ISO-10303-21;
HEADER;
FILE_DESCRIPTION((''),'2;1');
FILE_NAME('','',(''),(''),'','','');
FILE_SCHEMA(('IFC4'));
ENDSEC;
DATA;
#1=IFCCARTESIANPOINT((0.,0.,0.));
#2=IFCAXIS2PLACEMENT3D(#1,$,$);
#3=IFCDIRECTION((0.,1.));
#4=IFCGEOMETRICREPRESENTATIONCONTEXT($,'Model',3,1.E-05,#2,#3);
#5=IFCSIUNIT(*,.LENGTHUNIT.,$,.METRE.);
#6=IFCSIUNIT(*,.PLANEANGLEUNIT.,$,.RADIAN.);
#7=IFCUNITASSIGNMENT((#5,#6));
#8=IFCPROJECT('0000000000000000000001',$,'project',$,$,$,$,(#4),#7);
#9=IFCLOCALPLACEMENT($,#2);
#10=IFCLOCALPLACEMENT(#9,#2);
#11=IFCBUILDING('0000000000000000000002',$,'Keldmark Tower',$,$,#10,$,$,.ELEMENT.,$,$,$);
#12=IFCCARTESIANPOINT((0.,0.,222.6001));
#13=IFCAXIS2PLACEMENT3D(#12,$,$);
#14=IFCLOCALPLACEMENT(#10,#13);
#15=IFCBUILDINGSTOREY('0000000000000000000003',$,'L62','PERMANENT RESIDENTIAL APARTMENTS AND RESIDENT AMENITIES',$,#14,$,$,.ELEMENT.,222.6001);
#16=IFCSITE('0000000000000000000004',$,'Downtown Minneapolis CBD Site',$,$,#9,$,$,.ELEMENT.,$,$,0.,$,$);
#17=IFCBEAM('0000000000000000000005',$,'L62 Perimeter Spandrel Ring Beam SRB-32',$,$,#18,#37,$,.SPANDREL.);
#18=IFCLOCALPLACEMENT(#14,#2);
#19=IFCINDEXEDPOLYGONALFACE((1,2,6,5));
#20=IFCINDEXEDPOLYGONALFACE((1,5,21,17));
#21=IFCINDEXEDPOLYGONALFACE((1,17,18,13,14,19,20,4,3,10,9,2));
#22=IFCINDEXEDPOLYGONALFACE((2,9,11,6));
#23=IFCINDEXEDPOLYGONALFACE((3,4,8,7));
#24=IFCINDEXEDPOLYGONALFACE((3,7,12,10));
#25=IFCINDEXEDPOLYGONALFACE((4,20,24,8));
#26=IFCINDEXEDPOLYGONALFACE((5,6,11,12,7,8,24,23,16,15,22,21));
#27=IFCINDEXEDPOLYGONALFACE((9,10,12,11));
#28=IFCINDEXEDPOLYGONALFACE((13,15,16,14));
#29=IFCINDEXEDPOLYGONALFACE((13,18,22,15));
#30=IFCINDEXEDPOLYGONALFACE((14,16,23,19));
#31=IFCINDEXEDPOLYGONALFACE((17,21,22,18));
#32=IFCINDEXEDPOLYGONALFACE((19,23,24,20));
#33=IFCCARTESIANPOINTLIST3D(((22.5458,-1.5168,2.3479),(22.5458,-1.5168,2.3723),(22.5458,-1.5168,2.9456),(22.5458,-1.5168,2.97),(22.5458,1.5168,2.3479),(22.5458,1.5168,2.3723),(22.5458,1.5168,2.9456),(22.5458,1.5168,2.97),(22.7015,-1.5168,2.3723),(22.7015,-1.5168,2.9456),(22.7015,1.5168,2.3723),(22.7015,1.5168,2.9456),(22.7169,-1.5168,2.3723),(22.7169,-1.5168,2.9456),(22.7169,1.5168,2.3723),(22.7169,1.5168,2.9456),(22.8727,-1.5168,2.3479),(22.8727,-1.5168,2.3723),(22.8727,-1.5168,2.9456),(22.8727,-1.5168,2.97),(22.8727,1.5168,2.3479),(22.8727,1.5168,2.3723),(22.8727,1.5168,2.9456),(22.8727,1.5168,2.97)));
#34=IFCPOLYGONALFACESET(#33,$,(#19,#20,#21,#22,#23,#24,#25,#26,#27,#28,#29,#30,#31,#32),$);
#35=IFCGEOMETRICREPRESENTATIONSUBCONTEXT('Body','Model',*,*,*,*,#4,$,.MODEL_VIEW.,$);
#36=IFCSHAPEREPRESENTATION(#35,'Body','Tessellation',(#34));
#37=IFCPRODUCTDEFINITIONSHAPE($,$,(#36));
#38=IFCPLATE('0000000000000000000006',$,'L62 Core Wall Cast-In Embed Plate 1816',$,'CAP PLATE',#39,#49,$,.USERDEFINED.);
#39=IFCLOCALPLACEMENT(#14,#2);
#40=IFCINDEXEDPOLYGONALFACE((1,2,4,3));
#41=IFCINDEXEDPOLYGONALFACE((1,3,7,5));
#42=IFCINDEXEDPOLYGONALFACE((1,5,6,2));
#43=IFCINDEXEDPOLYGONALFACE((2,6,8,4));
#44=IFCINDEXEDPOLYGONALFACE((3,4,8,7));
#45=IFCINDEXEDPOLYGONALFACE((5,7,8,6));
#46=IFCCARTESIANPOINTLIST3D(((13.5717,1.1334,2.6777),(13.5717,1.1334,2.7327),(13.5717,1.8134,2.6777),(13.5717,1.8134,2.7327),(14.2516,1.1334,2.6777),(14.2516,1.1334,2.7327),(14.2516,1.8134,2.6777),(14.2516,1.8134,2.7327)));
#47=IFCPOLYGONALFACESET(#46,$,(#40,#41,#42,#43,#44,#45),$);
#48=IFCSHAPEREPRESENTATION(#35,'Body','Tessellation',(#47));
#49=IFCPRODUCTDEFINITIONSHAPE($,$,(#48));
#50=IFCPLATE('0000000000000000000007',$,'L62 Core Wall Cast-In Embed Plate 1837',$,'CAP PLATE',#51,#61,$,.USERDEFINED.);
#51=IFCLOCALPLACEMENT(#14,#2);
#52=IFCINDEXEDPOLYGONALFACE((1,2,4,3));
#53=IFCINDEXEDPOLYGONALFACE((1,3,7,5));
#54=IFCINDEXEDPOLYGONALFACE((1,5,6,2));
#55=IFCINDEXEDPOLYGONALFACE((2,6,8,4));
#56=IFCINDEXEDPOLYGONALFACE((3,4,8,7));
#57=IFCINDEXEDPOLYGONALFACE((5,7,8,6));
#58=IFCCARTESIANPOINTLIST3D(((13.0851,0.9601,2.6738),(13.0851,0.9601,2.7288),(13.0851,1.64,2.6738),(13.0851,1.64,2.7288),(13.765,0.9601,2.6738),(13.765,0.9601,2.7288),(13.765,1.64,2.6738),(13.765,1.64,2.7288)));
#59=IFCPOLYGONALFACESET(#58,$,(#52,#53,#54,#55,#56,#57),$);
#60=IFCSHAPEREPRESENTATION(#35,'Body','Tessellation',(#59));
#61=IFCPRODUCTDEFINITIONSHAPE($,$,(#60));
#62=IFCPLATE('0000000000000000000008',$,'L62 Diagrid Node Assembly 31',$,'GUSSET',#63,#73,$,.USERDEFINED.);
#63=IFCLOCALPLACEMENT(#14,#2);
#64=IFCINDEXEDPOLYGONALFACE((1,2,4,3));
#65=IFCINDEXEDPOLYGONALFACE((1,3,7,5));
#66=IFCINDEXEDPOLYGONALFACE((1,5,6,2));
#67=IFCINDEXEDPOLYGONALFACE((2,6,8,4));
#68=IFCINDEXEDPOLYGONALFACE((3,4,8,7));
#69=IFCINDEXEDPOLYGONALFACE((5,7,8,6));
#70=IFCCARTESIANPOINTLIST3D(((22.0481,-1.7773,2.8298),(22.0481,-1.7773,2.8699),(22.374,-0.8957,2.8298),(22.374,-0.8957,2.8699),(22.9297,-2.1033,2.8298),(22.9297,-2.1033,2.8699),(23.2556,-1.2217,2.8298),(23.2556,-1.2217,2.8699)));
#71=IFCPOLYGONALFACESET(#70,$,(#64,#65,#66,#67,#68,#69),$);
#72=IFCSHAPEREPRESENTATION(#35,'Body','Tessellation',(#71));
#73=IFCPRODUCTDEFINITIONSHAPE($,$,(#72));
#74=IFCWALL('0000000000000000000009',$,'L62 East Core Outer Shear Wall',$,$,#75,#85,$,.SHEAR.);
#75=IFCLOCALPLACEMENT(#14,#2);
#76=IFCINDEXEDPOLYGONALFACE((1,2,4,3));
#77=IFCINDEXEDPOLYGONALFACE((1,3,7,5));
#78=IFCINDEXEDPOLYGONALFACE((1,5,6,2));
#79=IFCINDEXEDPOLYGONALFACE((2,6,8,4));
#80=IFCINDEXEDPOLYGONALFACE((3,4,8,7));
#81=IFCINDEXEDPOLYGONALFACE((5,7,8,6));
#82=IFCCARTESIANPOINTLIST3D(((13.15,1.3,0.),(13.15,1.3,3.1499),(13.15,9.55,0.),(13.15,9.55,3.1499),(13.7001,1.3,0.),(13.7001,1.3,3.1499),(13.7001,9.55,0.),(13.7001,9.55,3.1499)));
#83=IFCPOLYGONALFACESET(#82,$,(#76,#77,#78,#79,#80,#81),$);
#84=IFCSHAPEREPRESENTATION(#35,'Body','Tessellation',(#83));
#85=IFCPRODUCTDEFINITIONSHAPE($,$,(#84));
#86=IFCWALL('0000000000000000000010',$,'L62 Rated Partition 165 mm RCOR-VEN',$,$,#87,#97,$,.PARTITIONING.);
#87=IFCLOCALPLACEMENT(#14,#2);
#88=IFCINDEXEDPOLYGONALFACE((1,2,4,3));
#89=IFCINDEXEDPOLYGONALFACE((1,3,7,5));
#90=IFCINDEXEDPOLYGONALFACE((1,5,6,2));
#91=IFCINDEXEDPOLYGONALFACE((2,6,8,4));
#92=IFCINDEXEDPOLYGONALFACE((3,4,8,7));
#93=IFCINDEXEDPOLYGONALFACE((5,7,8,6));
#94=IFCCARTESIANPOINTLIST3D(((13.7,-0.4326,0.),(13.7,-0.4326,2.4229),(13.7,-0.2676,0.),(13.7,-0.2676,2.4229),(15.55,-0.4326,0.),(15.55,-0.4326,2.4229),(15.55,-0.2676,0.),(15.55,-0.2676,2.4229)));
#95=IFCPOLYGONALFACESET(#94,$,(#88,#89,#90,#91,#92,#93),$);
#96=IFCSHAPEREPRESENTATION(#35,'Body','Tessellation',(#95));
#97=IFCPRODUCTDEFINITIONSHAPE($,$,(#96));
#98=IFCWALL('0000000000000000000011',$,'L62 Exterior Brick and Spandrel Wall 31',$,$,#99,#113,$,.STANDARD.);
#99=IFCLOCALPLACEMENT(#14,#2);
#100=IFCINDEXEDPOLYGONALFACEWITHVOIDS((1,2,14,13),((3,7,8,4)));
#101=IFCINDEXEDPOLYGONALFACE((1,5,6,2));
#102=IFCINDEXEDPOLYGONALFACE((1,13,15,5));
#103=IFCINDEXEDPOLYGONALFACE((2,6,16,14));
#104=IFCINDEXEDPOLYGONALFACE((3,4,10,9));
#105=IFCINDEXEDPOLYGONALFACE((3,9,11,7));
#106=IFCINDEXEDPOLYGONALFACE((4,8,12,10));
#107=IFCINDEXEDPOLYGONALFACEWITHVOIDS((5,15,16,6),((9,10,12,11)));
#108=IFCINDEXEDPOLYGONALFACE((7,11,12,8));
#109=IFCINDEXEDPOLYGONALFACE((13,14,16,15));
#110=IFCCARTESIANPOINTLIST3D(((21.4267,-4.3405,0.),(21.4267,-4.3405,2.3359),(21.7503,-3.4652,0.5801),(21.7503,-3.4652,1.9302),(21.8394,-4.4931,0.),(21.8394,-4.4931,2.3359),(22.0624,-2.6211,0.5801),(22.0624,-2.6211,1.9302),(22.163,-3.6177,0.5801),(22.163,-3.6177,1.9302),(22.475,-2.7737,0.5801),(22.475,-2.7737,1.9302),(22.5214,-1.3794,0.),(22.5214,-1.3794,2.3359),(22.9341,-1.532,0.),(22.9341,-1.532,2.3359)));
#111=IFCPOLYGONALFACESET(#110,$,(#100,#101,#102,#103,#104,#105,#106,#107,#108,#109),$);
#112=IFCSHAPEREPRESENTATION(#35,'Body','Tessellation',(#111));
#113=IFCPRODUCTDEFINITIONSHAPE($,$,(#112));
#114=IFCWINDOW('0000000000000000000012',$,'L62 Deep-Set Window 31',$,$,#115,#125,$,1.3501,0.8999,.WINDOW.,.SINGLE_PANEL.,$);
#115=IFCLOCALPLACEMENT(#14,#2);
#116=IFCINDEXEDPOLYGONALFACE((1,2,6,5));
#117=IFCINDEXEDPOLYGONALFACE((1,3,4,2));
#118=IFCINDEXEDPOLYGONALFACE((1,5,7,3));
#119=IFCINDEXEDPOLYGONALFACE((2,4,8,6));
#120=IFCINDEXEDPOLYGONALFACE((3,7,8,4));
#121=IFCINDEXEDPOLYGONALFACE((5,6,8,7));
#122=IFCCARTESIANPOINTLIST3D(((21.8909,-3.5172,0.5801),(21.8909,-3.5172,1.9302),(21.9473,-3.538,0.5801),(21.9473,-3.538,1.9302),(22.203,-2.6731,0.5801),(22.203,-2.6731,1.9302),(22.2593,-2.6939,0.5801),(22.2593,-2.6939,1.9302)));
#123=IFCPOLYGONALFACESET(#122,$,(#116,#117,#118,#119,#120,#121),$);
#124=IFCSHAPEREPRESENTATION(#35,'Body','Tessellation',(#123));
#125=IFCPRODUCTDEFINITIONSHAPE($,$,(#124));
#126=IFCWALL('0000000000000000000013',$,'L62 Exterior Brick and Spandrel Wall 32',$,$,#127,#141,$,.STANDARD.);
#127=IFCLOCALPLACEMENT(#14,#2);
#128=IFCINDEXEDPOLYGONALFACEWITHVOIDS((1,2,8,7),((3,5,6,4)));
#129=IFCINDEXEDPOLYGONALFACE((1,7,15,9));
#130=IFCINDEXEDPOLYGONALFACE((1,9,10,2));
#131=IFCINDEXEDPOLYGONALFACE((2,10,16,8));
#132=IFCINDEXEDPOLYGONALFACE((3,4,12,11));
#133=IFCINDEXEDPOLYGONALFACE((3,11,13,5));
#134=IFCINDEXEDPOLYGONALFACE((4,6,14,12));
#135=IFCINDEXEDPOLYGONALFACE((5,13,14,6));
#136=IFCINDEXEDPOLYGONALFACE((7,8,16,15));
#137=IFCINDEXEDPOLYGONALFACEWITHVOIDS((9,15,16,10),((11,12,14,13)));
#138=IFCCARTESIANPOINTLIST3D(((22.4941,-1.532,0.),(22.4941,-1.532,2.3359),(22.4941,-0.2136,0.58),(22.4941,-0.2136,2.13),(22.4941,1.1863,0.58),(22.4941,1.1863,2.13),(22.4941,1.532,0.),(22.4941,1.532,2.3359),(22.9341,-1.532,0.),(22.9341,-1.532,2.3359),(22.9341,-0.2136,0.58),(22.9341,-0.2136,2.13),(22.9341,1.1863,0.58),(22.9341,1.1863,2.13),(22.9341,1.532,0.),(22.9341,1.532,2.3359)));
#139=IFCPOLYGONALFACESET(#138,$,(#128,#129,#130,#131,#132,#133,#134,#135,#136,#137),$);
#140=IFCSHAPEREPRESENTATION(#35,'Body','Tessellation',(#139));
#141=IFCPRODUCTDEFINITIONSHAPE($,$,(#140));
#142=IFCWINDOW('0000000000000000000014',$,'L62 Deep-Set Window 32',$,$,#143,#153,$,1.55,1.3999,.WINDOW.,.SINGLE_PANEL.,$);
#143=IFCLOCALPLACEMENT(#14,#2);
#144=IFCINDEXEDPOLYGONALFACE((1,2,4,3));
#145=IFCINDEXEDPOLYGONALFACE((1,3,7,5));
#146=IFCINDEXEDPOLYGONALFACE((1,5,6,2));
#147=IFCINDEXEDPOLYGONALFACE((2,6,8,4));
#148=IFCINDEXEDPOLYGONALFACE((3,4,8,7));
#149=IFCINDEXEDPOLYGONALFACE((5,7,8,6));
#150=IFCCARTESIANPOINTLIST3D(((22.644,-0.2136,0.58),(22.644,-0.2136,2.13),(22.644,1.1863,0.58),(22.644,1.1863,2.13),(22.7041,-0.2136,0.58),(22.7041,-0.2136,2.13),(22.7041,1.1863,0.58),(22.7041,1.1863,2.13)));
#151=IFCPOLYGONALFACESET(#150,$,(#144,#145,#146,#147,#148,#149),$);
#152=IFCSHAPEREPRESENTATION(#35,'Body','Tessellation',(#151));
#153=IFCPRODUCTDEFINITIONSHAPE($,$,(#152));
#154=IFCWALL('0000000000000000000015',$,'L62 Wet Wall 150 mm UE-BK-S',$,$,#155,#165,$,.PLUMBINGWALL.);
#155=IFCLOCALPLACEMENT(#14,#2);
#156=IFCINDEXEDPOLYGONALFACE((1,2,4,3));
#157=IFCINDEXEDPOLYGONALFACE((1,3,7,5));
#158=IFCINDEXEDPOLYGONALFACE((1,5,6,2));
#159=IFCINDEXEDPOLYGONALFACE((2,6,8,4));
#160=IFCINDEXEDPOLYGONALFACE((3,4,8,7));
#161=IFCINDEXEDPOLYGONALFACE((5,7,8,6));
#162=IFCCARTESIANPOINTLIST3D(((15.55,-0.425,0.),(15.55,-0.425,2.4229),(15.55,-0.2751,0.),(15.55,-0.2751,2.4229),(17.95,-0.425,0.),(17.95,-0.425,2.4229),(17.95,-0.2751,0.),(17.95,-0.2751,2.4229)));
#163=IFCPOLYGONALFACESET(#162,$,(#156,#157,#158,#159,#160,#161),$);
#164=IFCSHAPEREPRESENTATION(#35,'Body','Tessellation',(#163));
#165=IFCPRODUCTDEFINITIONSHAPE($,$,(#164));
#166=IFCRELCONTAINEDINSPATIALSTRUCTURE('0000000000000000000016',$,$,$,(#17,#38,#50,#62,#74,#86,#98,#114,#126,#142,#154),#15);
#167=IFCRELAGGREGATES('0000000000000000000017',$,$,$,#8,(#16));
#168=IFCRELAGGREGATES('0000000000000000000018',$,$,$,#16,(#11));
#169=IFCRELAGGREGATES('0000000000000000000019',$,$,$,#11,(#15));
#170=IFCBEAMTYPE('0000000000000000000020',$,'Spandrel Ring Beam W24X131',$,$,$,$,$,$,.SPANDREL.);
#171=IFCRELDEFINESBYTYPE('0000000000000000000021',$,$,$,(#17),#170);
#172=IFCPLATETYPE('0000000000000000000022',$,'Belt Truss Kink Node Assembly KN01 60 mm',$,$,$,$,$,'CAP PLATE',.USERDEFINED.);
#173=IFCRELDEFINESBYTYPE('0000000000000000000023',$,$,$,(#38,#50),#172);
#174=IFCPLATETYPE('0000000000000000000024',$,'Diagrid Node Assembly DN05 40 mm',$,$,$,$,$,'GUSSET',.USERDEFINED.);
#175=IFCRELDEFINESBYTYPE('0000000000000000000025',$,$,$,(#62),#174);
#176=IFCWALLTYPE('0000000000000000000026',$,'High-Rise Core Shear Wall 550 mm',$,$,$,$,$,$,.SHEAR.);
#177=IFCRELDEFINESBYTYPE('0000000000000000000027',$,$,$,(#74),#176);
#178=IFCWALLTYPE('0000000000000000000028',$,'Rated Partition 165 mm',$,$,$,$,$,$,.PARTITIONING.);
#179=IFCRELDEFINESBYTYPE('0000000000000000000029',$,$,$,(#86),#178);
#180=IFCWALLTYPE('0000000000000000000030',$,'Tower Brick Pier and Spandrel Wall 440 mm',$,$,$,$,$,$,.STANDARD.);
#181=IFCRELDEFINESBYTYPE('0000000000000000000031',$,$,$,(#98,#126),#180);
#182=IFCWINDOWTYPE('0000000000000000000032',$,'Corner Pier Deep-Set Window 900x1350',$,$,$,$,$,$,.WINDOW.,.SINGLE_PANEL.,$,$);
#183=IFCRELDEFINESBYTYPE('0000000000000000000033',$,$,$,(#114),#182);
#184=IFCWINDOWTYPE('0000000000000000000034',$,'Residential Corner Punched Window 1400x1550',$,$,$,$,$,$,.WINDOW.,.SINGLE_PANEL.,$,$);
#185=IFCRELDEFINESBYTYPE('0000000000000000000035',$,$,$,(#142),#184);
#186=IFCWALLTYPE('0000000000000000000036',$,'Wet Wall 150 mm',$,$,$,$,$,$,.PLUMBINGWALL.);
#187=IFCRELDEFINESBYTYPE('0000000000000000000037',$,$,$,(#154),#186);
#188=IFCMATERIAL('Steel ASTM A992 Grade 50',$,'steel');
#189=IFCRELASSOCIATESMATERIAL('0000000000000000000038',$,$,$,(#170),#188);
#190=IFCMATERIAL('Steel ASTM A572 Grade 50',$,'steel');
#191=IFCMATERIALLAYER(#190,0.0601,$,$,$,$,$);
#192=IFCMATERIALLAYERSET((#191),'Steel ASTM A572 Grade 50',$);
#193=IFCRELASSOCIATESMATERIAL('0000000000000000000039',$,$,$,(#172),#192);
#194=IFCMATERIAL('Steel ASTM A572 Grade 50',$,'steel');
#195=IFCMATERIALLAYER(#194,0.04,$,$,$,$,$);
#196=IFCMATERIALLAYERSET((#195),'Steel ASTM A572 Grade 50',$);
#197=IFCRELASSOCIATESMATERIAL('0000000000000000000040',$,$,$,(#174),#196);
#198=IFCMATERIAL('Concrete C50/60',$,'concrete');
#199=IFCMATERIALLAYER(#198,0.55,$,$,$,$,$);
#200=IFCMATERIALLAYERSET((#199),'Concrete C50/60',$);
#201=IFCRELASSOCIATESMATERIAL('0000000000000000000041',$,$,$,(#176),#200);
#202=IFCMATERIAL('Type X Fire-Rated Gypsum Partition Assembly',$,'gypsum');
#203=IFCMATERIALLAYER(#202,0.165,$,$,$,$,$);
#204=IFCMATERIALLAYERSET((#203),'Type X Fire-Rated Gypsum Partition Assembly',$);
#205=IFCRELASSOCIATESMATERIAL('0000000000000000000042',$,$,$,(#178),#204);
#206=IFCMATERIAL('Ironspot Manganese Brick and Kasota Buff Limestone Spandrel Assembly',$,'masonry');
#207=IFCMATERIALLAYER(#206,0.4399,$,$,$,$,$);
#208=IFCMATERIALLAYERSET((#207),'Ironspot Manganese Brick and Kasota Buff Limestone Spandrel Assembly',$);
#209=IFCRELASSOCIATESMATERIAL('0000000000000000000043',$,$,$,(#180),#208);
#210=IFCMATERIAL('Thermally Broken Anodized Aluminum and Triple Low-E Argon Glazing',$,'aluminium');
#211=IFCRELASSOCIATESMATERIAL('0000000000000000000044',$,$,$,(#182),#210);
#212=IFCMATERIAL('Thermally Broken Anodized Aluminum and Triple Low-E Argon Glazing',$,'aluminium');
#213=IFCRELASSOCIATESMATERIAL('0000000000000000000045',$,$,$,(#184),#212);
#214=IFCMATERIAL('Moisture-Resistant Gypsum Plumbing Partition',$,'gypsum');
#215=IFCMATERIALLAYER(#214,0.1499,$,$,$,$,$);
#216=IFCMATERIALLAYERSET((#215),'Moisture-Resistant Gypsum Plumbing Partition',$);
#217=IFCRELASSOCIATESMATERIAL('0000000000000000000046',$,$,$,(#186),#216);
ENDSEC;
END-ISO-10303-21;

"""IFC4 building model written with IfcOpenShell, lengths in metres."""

from ifc_helpers import new_model, si_unit, direction, frame, frame_2d, origin, origin_2d, place, context, subcontext, project, spatial, rectangle, i_section, extrude, material, layer, layer_set, material_profile, profile_set, type_object, element, fill, save


model = new_model("IFC4")

# Units and contexts
model_context = context("Model", 3, precision=1e-05, world=origin(), true_north=direction((0.0, 1.0)))
body_context = subcontext(model_context, "Body", "Model", "MODEL_VIEW")
ifc_project = project(units=[si_unit("LENGTHUNIT", "METRE"), si_unit("PLANEANGLEUNIT", "RADIAN")], contexts=[model_context])

# Site, building, storey
site_placement = place(None, origin())
site = spatial("IfcSite", under=ifc_project, at=site_placement, Name="Downtown Minneapolis CBD Site", CompositionType="ELEMENT", RefElevation=0.0)
building_placement = place(site_placement, origin())
building = spatial("IfcBuilding", under=site, at=building_placement, Name="Keldmark Tower", CompositionType="ELEMENT")
storey_placement = place(building_placement, frame((0.0, 0.0, 222.6001)))
storey = spatial("IfcBuildingStorey", under=building, at=storey_placement, Name="L62", Description="PERMANENT RESIDENTIAL APARTMENTS AND RESIDENT AMENITIES", CompositionType="ELEMENT", Elevation=222.6001)

# Beam
ifc_material_1 = material(Name="Steel ASTM A992 Grade 50", Category="steel")
ifc_material_profile_1 = material_profile(ifc_material_1, i_section(OverallWidth=0.3269, OverallDepth=0.6221, WebThickness=0.0154, FlangeThickness=0.0244, at=origin_2d()), Name="W24X131")
ifc_profile_set_1 = profile_set([ifc_material_profile_1], Name="Steel ASTM A992 Grade 50")
beam_type_1 = type_object("IfcBeamType", Name="Spandrel Ring Beam W24X131", PredefinedType="SPANDREL", material=ifc_profile_set_1)
beam_1_placement = place(storey_placement, frame((22.7092, -1.5168, 2.6589), z_axis=(0.0, 1.0, 0.0), x_axis=(-1.0, 0.0, 0.0)))
element("IfcBeam", 1, at=beam_1_placement, inside=storey, type_object=beam_type_1, Name="L62 Perimeter Spandrel Ring Beam SRB-32", PredefinedType="SPANDREL", context=body_context, shape_type="SweptSolid", body=[
    extrude(i_section(OverallWidth=0.3269, OverallDepth=0.6221, WebThickness=0.0154, FlangeThickness=0.0244, at=origin_2d()), origin(), (0.0, 0.0, 1.0), 3.0337),
])

# Plates
ifc_material_2 = material(Name="Steel ASTM A572 Grade 50", Category="steel")
ifc_layer_1 = layer(ifc_material_2, 0.0601)
ifc_layer_set_1 = layer_set([ifc_layer_1], Name="Steel ASTM A572 Grade 50")
plate_type_1 = type_object("IfcPlateType", Name="Belt Truss Kink Node Assembly KN01 60 mm", ElementType="CAP PLATE", PredefinedType="USERDEFINED", material=ifc_layer_set_1)
for number, where, z_axis, x_axis, name in (
    (2, (13.9116, 1.4734, 2.6777), (0.0, 0.0, 1.0), (1.0, 0.0, 0.0), "L62 Core Wall Cast-In Embed Plate 1816"),
    (3, (13.425, 1.3, 2.6738), (0.0, 0.0, 1.0), (1.0, 0.0, 0.0), "L62 Core Wall Cast-In Embed Plate 1837"),
):
    element("IfcPlate", number, at=place(storey_placement, frame(where, z_axis=z_axis, x_axis=x_axis)), inside=storey, type_object=plate_type_1, Name=name, ObjectType="CAP PLATE", PredefinedType="USERDEFINED", context=body_context, shape_type="SweptSolid", body=[
        extrude(rectangle(XDim=0.6799, YDim=0.6799, at=origin_2d()), origin(), (0.0, 0.0, 1.0), 0.0549),
    ])
ifc_material_3 = material(Name="Steel ASTM A572 Grade 50", Category="steel")
ifc_layer_2 = layer(ifc_material_3, 0.04)
ifc_layer_set_2 = layer_set([ifc_layer_2], Name="Steel ASTM A572 Grade 50")
plate_type_2 = type_object("IfcPlateType", Name="Diagrid Node Assembly DN05 40 mm", ElementType="GUSSET", PredefinedType="USERDEFINED", material=ifc_layer_set_2)
plate_placement = place(storey_placement, frame((22.6519, -1.4995, 2.8298), z_axis=(0.0, 0.0, 1.0), x_axis=(0.346772, 0.937949, 0.0)))
element("IfcPlate", 4, at=plate_placement, inside=storey, type_object=plate_type_2, Name="L62 Diagrid Node Assembly 31", ObjectType="GUSSET", PredefinedType="USERDEFINED", context=body_context, shape_type="SweptSolid", body=[
    extrude(rectangle(XDim=0.9399, YDim=0.9399, at=origin_2d()), origin(), (0.0, 0.0, 1.0), 0.04),
])

# Wall
ifc_material_4 = material(Name="Concrete C50/60", Category="concrete")
ifc_layer_3 = layer(ifc_material_4, 0.55)
ifc_layer_set_3 = layer_set([ifc_layer_3], Name="Concrete C50/60")
wall_type_1 = type_object("IfcWallType", Name="High-Rise Core Shear Wall 550 mm", PredefinedType="SHEAR", material=ifc_layer_set_3)
wall_1_placement = place(storey_placement, frame((13.425, 1.3, 0.0), z_axis=(0.0, 0.0, 1.0), x_axis=(0.0, 1.0, 0.0)))
element("IfcWall", 5, at=wall_1_placement, inside=storey, type_object=wall_type_1, Name="L62 East Core Outer Shear Wall", PredefinedType="SHEAR", context=body_context, shape_type="SweptSolid", body=[
    extrude(rectangle(XDim=8.25, YDim=0.55, at=frame_2d((4.125, 0.0))), origin(), (0.0, 0.0, 1.0), 3.1499),
])

# Shared definitions
ifc_material_5 = material(Name="Type X Fire-Rated Gypsum Partition Assembly", Category="gypsum")
ifc_layer_4 = layer(ifc_material_5, 0.165)
ifc_layer_set_4 = layer_set([ifc_layer_4], Name="Type X Fire-Rated Gypsum Partition Assembly")
wall_type_2 = type_object("IfcWallType", Name="Rated Partition 165 mm", PredefinedType="PARTITIONING", material=ifc_layer_set_4)

# Wall
wall_2_placement = place(storey_placement, frame((13.7, -0.3501, 0.0), z_axis=(0.0, 0.0, 1.0), x_axis=(1.0, 0.0, 0.0)))
element("IfcWall", 6, at=wall_2_placement, inside=storey, type_object=wall_type_2, Name="L62 Rated Partition 165 mm RCOR-VEN", PredefinedType="PARTITIONING", context=body_context, shape_type="SweptSolid", body=[
    extrude(rectangle(XDim=1.8501, YDim=0.165, at=frame_2d((0.925, 0.0))), origin(), (0.0, 0.0, 1.0), 2.4229),
])

# Walls, openings, windows
ifc_material_6 = material(Name="Ironspot Manganese Brick and Kasota Buff Limestone Spandrel Assembly", Category="masonry")
ifc_layer_5 = layer(ifc_material_6, 0.4399)
ifc_layer_set_5 = layer_set([ifc_layer_5], Name="Ironspot Manganese Brick and Kasota Buff Limestone Spandrel Assembly")
wall_type_3 = type_object("IfcWallType", Name="Tower Brick Pier and Spandrel Wall 440 mm", PredefinedType="STANDARD", material=ifc_layer_set_5)
wall_3_placement = place(storey_placement, frame((22.7278, -1.4556, 0.0), z_axis=(0.0, 0.0, 1.0), x_axis=(-0.346755, -0.937956, 0.0)))
wall_3 = element("IfcWall", 7, at=wall_3_placement, inside=storey, type_object=wall_type_3, Name="L62 Exterior Brick and Spandrel Wall 31", PredefinedType="STANDARD", context=body_context, shape_type="SweptSolid", body=[
    extrude(rectangle(XDim=3.157, YDim=0.4399, at=frame_2d((1.5786, 0.0))), origin(), (0.0, 0.0, 1.0), 2.3359),
])
opening_1_placement = place(wall_3_placement, frame((1.324, 0.0, 0.5801)))
opening_1 = element("IfcOpeningElement", 8, at=opening_1_placement, cuts=wall_3, PredefinedType="OPENING", context=body_context, shape_type="SweptSolid", body=[
    extrude(rectangle(XDim=0.8999, YDim=1.3501, at=frame_2d((0.45, 0.675))), frame((0.0, 0.23, 0.0), z_axis=(0.0, -1.0, 0.0), x_axis=(1.0, 0.0, 0.0)), (0.0, 0.0, 1.0), 0.46),
])
ifc_material_7 = material(Name="Thermally Broken Anodized Aluminum and Triple Low-E Argon Glazing", Category="aluminium")
window_type_1 = type_object("IfcWindowType", Name="Corner Pier Deep-Set Window 900x1350", PartitioningType="SINGLE_PANEL", PredefinedType="WINDOW", material=ifc_material_7)
window_1_placement = place(opening_1_placement, origin())
window_1 = element("IfcWindow", 9, at=window_1_placement, inside=storey, type_object=window_type_1, Name="L62 Deep-Set Window 31", OverallHeight=1.3501, OverallWidth=0.8999, PartitioningType="SINGLE_PANEL", PredefinedType="WINDOW", context=body_context, shape_type="SweptSolid", body=[
    extrude(rectangle(XDim=0.8999, YDim=1.3501, at=frame_2d((0.45, 0.675))), frame((0.0, -0.01, 0.0), z_axis=(0.0, -1.0, 0.0), x_axis=(1.0, 0.0, 0.0)), (0.0, 0.0, 1.0), 0.0601),
])
fill(opening_1, window_1)
wall_4_placement = place(storey_placement, frame((22.7141, 1.532, 0.0), z_axis=(0.0, 0.0, 1.0), x_axis=(0.0, -1.0, 0.0)))
wall_4 = element("IfcWall", 10, at=wall_4_placement, inside=storey, type_object=wall_type_3, Name="L62 Exterior Brick and Spandrel Wall 32", PredefinedType="STANDARD", context=body_context, shape_type="SweptSolid", body=[
    extrude(rectangle(XDim=3.064, YDim=0.4399, at=frame_2d((1.532, 0.0))), origin(), (0.0, 0.0, 1.0), 2.3359),
])
opening_2_placement = place(wall_4_placement, frame((0.3457, 0.0, 0.5801)))
opening_2 = element("IfcOpeningElement", 11, at=opening_2_placement, cuts=wall_4, PredefinedType="OPENING", context=body_context, shape_type="SweptSolid", body=[
    extrude(rectangle(XDim=1.3999, YDim=1.55, at=frame_2d((0.7, 0.7749))), frame((0.0, 0.23, 0.0), z_axis=(0.0, -1.0, 0.0), x_axis=(1.0, 0.0, 0.0)), (0.0, 0.0, 1.0), 0.46),
])
ifc_material_8 = material(Name="Thermally Broken Anodized Aluminum and Triple Low-E Argon Glazing", Category="aluminium")
window_type_2 = type_object("IfcWindowType", Name="Residential Corner Punched Window 1400x1550", PartitioningType="SINGLE_PANEL", PredefinedType="WINDOW", material=ifc_material_8)
window_2_placement = place(opening_2_placement, origin())
window_2 = element("IfcWindow", 12, at=window_2_placement, inside=storey, type_object=window_type_2, Name="L62 Deep-Set Window 32", OverallHeight=1.55, OverallWidth=1.3999, PartitioningType="SINGLE_PANEL", PredefinedType="WINDOW", context=body_context, shape_type="SweptSolid", body=[
    extrude(rectangle(XDim=1.3999, YDim=1.55, at=frame_2d((0.7, 0.7749))), frame((0.0, -0.01, 0.0), z_axis=(0.0, -1.0, 0.0), x_axis=(1.0, 0.0, 0.0)), (0.0, 0.0, 1.0), 0.0601),
])
fill(opening_2, window_2)

# Wall
ifc_material_9 = material(Name="Moisture-Resistant Gypsum Plumbing Partition", Category="gypsum")
ifc_layer_6 = layer(ifc_material_9, 0.1499)
ifc_layer_set_6 = layer_set([ifc_layer_6], Name="Moisture-Resistant Gypsum Plumbing Partition")
wall_type_4 = type_object("IfcWallType", Name="Wet Wall 150 mm", PredefinedType="PLUMBINGWALL", material=ifc_layer_set_6)
wall_5_placement = place(storey_placement, frame((15.55, -0.3501, 0.0), z_axis=(0.0, 0.0, 1.0), x_axis=(1.0, 0.0, 0.0)))
element("IfcWall", 13, at=wall_5_placement, inside=storey, type_object=wall_type_4, Name="L62 Wet Wall 150 mm UE-BK-S", PredefinedType="PLUMBINGWALL", context=body_context, shape_type="SweptSolid", body=[
    extrude(rectangle(XDim=2.3999, YDim=0.1499, at=frame_2d((1.2, 0.0))), origin(), (0.0, 0.0, 1.0), 2.4229),
])

save(model, "model.ifc")
